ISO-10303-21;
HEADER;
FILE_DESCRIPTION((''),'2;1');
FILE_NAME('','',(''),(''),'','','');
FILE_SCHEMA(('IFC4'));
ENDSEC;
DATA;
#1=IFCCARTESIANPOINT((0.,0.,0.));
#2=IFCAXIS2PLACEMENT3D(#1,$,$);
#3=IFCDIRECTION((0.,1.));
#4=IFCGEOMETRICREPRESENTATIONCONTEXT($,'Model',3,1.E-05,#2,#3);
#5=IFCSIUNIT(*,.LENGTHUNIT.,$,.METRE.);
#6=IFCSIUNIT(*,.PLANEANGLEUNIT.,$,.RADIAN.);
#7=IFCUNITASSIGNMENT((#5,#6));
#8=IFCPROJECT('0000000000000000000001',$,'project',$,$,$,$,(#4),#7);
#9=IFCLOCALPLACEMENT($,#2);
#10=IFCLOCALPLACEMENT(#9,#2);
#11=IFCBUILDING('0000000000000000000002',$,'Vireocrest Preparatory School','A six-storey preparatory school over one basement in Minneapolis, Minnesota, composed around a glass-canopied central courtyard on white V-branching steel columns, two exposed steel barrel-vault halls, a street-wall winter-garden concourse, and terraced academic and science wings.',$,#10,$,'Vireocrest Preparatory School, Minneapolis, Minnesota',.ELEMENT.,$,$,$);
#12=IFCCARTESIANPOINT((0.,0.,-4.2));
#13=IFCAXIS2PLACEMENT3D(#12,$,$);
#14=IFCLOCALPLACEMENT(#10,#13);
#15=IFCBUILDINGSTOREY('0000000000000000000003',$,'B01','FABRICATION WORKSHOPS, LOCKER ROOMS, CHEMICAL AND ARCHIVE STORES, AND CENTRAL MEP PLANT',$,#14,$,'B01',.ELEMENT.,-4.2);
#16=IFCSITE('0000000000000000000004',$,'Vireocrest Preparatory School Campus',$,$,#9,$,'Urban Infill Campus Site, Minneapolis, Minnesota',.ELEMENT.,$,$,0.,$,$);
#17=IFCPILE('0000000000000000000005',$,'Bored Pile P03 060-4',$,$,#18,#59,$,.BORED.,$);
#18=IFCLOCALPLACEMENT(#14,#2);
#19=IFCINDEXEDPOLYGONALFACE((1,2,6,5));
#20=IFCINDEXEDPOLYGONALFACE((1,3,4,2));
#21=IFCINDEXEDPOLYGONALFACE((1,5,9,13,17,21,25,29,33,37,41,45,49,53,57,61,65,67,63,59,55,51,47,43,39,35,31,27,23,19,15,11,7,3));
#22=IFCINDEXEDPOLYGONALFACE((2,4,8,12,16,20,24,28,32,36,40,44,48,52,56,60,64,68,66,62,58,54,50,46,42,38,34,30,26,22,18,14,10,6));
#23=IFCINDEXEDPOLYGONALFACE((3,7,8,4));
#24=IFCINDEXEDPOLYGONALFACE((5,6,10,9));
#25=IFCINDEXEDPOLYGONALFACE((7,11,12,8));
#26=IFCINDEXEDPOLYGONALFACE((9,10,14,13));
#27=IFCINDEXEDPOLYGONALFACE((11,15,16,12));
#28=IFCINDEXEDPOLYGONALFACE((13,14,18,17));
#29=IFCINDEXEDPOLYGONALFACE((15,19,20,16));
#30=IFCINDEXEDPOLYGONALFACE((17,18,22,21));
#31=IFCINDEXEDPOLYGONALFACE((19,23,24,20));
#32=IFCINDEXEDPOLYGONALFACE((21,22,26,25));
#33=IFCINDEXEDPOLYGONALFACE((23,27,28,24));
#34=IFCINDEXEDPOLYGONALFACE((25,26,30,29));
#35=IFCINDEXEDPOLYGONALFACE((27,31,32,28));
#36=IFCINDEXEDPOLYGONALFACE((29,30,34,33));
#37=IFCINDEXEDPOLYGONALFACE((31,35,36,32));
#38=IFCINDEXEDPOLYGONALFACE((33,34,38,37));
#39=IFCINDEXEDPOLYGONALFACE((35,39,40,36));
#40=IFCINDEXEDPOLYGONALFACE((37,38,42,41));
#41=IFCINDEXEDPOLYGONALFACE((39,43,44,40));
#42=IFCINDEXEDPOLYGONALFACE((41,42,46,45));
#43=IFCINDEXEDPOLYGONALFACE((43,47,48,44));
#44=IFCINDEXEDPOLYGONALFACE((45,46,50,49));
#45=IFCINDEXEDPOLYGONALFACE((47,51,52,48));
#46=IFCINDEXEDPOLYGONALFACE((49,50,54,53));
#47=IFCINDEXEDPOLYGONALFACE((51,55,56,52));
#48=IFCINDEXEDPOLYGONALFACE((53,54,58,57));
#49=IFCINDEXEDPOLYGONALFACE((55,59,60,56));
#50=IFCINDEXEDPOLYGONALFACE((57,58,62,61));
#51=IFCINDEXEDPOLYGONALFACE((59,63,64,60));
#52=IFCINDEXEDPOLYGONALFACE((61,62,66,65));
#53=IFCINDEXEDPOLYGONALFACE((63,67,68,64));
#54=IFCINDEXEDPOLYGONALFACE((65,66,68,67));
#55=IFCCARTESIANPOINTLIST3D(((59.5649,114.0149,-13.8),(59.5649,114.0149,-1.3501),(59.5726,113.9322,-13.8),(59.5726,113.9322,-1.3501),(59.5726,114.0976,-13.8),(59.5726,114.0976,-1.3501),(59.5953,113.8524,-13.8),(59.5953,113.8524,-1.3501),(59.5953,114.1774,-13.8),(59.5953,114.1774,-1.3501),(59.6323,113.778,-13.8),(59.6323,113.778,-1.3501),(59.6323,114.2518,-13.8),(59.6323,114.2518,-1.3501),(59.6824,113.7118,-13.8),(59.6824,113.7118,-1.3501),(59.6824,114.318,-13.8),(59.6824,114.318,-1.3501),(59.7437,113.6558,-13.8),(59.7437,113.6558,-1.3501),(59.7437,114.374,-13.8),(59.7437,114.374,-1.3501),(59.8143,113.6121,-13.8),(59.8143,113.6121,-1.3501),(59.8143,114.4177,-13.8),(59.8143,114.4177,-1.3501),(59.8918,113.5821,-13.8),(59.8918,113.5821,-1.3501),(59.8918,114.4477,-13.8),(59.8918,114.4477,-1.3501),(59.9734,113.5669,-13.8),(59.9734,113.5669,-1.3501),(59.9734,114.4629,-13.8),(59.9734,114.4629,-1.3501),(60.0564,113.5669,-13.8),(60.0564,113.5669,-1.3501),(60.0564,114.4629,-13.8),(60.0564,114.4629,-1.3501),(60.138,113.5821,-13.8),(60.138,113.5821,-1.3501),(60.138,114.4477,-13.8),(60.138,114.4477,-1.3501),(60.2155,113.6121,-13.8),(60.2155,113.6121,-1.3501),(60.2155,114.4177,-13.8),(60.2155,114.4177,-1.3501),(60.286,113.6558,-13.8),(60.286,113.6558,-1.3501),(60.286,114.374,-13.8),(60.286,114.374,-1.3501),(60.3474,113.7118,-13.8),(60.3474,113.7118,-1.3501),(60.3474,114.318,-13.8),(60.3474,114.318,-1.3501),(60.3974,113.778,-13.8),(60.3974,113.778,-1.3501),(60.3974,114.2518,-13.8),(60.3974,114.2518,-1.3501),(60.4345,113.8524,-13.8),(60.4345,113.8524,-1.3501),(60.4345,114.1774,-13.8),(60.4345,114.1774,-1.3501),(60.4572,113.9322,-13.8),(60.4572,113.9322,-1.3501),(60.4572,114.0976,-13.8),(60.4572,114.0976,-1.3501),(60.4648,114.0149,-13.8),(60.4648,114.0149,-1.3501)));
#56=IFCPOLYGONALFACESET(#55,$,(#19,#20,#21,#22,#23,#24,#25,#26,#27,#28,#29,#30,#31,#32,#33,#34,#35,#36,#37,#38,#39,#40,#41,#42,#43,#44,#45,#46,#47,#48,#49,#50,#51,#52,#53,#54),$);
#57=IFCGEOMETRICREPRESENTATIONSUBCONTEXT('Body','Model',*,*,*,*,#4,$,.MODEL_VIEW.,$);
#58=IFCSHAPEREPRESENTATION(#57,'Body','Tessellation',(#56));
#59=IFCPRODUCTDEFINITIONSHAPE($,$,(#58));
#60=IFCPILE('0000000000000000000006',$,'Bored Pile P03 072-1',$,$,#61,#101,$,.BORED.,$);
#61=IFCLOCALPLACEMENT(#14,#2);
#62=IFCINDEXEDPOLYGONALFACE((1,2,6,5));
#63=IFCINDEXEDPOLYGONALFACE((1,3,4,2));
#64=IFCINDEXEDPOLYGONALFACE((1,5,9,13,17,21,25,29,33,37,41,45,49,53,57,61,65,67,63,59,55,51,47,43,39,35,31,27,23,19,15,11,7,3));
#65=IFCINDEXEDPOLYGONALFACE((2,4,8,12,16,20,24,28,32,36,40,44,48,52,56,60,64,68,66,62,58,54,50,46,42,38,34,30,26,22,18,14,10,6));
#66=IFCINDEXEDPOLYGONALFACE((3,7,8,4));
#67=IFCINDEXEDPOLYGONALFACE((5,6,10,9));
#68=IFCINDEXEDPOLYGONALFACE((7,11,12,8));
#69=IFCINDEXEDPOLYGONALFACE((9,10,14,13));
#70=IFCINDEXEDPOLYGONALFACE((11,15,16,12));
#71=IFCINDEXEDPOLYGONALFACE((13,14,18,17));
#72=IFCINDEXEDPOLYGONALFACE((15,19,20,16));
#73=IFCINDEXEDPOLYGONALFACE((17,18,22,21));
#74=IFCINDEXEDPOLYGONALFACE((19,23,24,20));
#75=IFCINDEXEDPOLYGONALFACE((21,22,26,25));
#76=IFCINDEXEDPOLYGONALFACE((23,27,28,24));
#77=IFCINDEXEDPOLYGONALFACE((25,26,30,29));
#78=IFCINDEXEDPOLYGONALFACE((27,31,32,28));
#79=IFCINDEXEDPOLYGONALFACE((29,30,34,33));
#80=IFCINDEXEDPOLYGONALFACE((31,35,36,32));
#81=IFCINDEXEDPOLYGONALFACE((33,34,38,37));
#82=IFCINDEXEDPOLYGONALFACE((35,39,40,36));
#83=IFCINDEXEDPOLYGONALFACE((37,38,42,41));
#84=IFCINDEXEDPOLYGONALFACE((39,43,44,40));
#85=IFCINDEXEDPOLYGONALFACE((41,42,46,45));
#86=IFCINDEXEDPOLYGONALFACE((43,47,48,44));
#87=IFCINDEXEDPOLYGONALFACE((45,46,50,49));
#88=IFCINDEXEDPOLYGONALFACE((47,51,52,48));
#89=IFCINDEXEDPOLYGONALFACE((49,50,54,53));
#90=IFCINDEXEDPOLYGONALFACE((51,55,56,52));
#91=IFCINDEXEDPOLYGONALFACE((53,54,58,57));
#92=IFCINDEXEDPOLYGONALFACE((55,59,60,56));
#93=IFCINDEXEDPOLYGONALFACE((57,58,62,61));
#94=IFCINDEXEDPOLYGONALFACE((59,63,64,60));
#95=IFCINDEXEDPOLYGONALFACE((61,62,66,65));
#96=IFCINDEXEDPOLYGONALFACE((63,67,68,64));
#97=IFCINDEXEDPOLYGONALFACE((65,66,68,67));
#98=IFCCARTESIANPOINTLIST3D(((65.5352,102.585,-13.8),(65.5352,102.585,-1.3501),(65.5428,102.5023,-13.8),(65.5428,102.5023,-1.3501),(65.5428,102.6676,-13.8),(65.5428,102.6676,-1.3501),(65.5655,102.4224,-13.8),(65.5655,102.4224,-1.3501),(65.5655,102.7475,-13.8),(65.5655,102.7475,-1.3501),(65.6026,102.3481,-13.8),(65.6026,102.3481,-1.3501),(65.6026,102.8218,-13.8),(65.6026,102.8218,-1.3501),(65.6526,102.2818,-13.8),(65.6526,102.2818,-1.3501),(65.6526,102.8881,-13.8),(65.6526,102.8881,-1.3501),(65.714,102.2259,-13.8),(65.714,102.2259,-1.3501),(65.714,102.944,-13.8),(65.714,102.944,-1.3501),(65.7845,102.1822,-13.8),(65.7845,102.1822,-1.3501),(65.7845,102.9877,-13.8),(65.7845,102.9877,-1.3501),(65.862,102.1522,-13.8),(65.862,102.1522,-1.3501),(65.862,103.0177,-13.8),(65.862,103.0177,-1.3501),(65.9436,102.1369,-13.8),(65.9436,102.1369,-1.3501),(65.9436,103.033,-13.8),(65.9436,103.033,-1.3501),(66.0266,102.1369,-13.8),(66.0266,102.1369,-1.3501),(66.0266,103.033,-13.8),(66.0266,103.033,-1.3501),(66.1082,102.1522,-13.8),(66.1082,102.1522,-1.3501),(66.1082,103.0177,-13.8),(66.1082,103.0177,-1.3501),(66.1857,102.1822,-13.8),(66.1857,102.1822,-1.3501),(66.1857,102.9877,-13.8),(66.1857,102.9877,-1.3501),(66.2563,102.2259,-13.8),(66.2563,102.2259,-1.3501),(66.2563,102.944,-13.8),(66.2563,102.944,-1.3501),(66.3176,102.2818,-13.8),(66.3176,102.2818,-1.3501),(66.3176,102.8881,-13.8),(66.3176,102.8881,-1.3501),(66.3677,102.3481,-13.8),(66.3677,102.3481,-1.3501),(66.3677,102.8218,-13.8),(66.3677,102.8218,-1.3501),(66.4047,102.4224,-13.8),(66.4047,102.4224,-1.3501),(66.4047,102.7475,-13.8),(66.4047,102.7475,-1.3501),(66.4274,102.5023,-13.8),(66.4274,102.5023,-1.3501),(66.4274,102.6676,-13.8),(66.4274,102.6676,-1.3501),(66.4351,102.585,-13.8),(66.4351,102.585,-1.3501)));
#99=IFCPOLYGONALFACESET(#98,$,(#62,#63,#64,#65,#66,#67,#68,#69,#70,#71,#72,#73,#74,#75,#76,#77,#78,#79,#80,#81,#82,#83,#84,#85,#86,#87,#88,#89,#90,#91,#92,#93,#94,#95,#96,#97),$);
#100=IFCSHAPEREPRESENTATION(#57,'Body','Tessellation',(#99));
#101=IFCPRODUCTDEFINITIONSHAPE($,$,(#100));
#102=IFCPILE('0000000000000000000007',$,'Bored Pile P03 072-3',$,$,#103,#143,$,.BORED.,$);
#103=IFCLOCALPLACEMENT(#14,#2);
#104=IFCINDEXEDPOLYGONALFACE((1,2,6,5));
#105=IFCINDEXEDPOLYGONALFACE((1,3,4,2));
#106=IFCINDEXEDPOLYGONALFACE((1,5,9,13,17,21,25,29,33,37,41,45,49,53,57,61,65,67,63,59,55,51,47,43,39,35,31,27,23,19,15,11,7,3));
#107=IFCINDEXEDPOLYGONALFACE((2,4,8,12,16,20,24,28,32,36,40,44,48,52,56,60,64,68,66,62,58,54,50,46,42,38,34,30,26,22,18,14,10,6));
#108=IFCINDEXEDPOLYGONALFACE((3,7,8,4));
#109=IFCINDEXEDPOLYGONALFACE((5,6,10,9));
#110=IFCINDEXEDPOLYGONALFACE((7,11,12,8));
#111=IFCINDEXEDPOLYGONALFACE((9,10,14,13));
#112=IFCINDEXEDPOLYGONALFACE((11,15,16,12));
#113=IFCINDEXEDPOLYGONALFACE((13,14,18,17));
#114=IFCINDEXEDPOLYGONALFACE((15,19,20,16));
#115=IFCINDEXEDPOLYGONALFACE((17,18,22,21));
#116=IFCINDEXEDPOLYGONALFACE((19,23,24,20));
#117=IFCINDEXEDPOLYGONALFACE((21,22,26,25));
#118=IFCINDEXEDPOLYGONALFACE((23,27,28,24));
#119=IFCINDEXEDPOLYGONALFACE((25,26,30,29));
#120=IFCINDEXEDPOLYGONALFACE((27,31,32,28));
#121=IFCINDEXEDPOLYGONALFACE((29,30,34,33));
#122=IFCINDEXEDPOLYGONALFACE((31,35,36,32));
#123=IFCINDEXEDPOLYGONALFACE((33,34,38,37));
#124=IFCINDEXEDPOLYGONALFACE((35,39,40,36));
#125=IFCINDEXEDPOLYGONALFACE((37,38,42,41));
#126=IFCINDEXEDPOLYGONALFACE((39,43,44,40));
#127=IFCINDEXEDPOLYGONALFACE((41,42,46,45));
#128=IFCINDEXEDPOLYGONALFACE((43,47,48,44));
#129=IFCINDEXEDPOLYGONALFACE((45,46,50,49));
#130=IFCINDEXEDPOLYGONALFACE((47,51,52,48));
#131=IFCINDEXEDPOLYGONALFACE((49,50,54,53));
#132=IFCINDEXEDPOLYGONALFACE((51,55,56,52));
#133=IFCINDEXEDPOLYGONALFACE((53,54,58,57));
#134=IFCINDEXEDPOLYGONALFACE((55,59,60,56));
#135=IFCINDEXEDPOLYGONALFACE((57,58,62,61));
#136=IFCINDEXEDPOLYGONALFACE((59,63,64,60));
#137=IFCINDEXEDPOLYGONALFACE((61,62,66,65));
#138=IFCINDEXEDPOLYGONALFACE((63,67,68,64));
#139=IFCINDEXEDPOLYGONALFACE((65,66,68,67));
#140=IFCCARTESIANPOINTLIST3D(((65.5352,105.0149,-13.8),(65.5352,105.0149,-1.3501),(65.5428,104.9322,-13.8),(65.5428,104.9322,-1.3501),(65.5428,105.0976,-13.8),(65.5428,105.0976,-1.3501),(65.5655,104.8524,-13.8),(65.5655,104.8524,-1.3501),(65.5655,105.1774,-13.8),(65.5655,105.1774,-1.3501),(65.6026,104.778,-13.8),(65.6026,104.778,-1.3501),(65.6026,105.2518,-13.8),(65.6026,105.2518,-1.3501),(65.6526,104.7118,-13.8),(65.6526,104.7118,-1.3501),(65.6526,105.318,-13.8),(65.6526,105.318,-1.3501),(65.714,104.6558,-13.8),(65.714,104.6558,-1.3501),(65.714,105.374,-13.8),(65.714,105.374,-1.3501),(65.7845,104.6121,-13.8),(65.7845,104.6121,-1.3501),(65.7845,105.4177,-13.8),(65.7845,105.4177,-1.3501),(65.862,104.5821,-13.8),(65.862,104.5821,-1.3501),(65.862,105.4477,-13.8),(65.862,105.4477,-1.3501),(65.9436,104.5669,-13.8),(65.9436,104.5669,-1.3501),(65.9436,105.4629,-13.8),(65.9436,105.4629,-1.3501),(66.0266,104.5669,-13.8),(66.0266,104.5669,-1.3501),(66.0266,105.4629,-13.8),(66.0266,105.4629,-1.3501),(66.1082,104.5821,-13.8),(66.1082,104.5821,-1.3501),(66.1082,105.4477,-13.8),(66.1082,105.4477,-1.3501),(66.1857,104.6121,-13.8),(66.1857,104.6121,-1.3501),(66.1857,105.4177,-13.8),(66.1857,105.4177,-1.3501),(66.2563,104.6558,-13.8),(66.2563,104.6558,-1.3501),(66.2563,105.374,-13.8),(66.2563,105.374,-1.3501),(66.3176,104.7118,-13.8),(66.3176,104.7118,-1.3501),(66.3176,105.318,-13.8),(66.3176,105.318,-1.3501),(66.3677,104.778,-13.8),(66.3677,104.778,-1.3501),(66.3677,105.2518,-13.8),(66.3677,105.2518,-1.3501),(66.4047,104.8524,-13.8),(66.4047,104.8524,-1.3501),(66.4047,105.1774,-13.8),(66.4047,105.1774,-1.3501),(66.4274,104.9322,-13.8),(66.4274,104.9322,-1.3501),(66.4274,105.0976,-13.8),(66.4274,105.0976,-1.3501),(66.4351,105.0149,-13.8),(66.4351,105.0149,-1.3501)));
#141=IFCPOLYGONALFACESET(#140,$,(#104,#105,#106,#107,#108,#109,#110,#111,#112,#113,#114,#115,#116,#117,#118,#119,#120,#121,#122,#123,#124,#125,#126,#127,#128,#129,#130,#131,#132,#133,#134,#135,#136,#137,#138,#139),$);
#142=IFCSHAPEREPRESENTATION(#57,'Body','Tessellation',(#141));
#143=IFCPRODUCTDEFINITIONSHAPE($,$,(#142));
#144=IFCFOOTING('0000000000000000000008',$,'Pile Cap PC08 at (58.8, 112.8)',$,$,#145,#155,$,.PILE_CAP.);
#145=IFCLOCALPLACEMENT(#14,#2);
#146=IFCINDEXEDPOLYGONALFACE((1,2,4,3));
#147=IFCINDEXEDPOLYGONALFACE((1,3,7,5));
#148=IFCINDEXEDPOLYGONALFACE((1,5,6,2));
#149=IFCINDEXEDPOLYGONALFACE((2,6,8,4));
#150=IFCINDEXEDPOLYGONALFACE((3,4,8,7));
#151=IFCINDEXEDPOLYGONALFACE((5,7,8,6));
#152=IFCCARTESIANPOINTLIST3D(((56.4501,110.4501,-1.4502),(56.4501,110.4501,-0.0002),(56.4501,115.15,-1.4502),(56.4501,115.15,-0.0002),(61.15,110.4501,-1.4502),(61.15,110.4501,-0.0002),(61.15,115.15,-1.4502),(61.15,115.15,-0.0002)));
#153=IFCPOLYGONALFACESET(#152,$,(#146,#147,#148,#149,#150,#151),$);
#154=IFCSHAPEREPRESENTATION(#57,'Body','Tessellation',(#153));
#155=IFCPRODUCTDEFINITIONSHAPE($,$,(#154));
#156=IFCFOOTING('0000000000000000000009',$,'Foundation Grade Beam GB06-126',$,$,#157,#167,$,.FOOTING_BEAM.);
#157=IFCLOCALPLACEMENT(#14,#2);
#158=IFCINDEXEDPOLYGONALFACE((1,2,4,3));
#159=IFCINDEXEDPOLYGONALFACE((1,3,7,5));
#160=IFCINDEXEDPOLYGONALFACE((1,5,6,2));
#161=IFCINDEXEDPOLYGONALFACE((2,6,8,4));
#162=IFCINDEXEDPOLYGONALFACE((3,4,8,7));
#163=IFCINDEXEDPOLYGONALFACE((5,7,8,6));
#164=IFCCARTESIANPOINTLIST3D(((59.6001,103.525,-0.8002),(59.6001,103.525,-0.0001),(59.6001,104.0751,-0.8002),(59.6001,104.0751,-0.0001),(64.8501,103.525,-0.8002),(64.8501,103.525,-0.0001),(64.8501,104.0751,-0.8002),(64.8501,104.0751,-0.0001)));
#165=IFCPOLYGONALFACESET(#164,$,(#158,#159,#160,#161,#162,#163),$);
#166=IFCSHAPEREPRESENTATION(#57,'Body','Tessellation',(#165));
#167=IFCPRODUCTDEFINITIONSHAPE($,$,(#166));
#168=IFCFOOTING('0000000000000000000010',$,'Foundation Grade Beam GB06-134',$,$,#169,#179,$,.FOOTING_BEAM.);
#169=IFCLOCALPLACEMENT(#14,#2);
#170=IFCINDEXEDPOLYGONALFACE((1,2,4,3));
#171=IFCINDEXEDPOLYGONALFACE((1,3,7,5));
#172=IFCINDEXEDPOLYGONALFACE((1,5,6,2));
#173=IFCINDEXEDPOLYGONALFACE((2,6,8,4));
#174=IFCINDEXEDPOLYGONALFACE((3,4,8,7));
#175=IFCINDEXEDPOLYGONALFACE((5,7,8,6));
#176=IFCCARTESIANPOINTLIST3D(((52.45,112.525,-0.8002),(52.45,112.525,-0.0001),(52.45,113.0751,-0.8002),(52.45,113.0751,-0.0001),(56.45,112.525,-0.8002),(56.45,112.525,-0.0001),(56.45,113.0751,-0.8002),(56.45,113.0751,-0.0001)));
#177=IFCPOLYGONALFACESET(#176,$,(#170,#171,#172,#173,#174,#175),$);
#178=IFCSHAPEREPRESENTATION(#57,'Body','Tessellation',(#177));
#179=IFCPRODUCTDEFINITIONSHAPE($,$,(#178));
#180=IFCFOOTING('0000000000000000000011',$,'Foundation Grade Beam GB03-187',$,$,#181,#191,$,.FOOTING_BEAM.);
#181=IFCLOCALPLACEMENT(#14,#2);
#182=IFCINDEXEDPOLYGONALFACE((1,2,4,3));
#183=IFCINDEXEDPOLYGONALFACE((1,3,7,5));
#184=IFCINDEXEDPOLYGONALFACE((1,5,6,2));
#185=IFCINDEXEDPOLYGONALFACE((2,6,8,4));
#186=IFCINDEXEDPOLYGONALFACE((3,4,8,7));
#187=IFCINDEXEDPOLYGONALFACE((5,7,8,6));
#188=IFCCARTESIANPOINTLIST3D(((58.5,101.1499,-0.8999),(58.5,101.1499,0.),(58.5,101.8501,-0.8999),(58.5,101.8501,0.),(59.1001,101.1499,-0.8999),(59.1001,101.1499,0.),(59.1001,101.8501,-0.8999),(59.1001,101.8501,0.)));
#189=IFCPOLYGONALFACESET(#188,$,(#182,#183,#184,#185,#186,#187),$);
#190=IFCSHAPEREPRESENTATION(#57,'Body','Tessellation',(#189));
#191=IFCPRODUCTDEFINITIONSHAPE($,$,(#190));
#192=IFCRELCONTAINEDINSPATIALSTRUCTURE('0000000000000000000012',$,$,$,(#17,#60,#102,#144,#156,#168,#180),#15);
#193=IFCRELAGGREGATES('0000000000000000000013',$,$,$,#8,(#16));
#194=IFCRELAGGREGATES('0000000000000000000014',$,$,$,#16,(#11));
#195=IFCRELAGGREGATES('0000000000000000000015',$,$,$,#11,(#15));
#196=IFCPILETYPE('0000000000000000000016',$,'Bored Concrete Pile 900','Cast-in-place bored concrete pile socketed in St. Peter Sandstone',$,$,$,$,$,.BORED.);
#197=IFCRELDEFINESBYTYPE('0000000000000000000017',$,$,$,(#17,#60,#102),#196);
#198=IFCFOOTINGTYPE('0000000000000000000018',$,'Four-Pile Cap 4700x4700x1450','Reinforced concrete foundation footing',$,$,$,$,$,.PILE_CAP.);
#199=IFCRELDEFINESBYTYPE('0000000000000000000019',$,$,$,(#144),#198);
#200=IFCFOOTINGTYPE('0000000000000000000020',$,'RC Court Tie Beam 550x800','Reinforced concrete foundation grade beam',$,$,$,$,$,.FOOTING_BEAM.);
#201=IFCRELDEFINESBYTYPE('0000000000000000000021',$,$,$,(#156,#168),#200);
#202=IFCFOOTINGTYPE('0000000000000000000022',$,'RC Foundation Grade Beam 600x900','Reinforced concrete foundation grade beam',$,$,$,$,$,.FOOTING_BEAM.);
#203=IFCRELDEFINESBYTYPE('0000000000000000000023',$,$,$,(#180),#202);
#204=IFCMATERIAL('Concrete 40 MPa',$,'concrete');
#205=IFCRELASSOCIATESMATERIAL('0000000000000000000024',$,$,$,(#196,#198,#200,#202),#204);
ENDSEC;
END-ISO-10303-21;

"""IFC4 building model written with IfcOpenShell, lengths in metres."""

from ifc_helpers import new_model, si_unit, direction, frame, origin, origin_2d, place, context, subcontext, project, spatial, rectangle, circle, extrude, material, material_profile, profile_set, type_object, element, save


model = new_model("IFC4")

# Units and contexts
model_context = context("Model", 3, precision=1e-05, world=origin(), true_north=direction((0.0, 1.0)))
body_context = subcontext(model_context, "Body", "Model", "MODEL_VIEW")
ifc_project = project(units=[si_unit("LENGTHUNIT", "METRE"), si_unit("PLANEANGLEUNIT", "RADIAN")], contexts=[model_context])

# Site, building, storey
site_placement = place(None, origin())
site = spatial("IfcSite", under=ifc_project, at=site_placement, Name="Vireocrest Preparatory School Campus", LongName="Urban Infill Campus Site, Minneapolis, Minnesota", CompositionType="ELEMENT", RefElevation=0.0)
building_placement = place(site_placement, origin())
building = spatial("IfcBuilding", under=site, at=building_placement, Name="Vireocrest Preparatory School", Description="A six-storey preparatory school over one basement in Minneapolis, Minnesota, composed around a glass-canopied central courtyard on white V-branching steel columns, two exposed steel barrel-vault halls, a street-wall winter-garden concourse, and terraced academic and science wings.", LongName="Vireocrest Preparatory School, Minneapolis, Minnesota", CompositionType="ELEMENT")
storey_placement = place(building_placement, frame((0.0, 0.0, -4.2)))
storey = spatial("IfcBuildingStorey", under=building, at=storey_placement, Name="B01", Description="FABRICATION WORKSHOPS, LOCKER ROOMS, CHEMICAL AND ARCHIVE STORES, AND CENTRAL MEP PLANT", LongName="B01", CompositionType="ELEMENT", Elevation=-4.2)

# Piles
ifc_material_1 = material(Name="Concrete 40 MPa", Category="concrete")
ifc_material_profile_1 = material_profile(ifc_material_1, circle(Radius=0.45, at=origin_2d()), Name="BORED PILE 900")
ifc_profile_set_1 = profile_set([ifc_material_profile_1], Name="Concrete 40 MPa")
pile_type_1 = type_object("IfcPileType", Name="Bored Concrete Pile 900", Description="Cast-in-place bored concrete pile socketed in St. Peter Sandstone", PredefinedType="BORED", material=ifc_profile_set_1)
for number, where, z_axis, x_axis, name in (
    (1, (60.0149, 114.0149, -1.3501), (0.0, 0.0, -1.0), (1.0, 0.0, 0.0), "Bored Pile P03 060-4"),
    (2, (65.9851, 102.585, -1.3501), (0.0, 0.0, -1.0), (1.0, 0.0, 0.0), "Bored Pile P03 072-1"),
    (3, (65.9851, 105.0149, -1.3501), (0.0, 0.0, -1.0), (1.0, 0.0, 0.0), "Bored Pile P03 072-3"),
):
    element("IfcPile", number, at=place(storey_placement, frame(where, z_axis=z_axis, x_axis=x_axis)), inside=storey, type_object=pile_type_1, Name=name, PredefinedType="BORED", context=body_context, shape_type="SweptSolid", body=[
        extrude(circle(Radius=0.45, at=origin_2d()), origin(), (0.0, 0.0, 1.0), 12.45),
    ])

# Footings
footing_type_1 = type_object("IfcFootingType", Name="Four-Pile Cap 4700x4700x1450", Description="Reinforced concrete foundation footing", PredefinedType="PILE_CAP", material=ifc_material_1)
footing_1_placement = place(storey_placement, frame((58.8, 112.8, -1.4502), z_axis=(0.0, 0.0, 1.0), x_axis=(1.0, 0.0, 0.0)))
element("IfcFooting", 4, at=footing_1_placement, inside=storey, type_object=footing_type_1, Name="Pile Cap PC08 at (58.8, 112.8)", PredefinedType="PILE_CAP", context=body_context, shape_type="SweptSolid", body=[
    extrude(rectangle(XDim=4.7, YDim=4.7, at=origin_2d()), origin(), (0.0, 0.0, 1.0), 1.45),
])
ifc_material_profile_2 = material_profile(ifc_material_1, rectangle(XDim=0.55, YDim=0.8, at=origin_2d()), Name="GB 550x800")
ifc_profile_set_2 = profile_set([ifc_material_profile_2], Name="Concrete 40 MPa")
footing_type_2 = type_object("IfcFootingType", Name="RC Court Tie Beam 550x800", Description="Reinforced concrete foundation grade beam", PredefinedType="FOOTING_BEAM", material=ifc_profile_set_2)
footing_2_placement = place(storey_placement, frame((59.6001, 103.8, -0.4001), z_axis=(1.0, 0.0, 0.0), x_axis=(0.0, 1.0, 0.0)))
element("IfcFooting", 5, at=footing_2_placement, inside=storey, type_object=footing_type_2, Name="Foundation Grade Beam GB06-126", PredefinedType="FOOTING_BEAM", context=body_context, shape_type="SweptSolid", body=[
    extrude(rectangle(XDim=0.55, YDim=0.8, at=origin_2d()), origin(), (0.0, 0.0, 1.0), 5.25),
])
footing_3_placement = place(storey_placement, frame((52.45, 112.8, -0.4001), z_axis=(1.0, 0.0, 0.0), x_axis=(0.0, 1.0, 0.0)))
element("IfcFooting", 6, at=footing_3_placement, inside=storey, type_object=footing_type_2, Name="Foundation Grade Beam GB06-134", PredefinedType="FOOTING_BEAM", context=body_context, shape_type="SweptSolid", body=[
    extrude(rectangle(XDim=0.55, YDim=0.8, at=origin_2d()), origin(), (0.0, 0.0, 1.0), 4.0),
])
ifc_material_profile_3 = material_profile(ifc_material_1, rectangle(XDim=0.6001, YDim=0.8999, at=origin_2d()), Name="GB 600x900")
ifc_profile_set_3 = profile_set([ifc_material_profile_3], Name="Concrete 40 MPa")
footing_type_3 = type_object("IfcFootingType", Name="RC Foundation Grade Beam 600x900", Description="Reinforced concrete foundation grade beam", PredefinedType="FOOTING_BEAM", material=ifc_profile_set_3)
footing_4_placement = place(storey_placement, frame((58.8, 101.1499, -0.45), z_axis=(0.0, 1.0, 0.0), x_axis=(-1.0, 0.0, 0.0)))
element("IfcFooting", 7, at=footing_4_placement, inside=storey, type_object=footing_type_3, Name="Foundation Grade Beam GB03-187", PredefinedType="FOOTING_BEAM", context=body_context, shape_type="SweptSolid", body=[
    extrude(rectangle(XDim=0.6001, YDim=0.8999, at=origin_2d()), origin(), (0.0, 0.0, 1.0), 0.7002),
])

save(model, "model.ifc")
